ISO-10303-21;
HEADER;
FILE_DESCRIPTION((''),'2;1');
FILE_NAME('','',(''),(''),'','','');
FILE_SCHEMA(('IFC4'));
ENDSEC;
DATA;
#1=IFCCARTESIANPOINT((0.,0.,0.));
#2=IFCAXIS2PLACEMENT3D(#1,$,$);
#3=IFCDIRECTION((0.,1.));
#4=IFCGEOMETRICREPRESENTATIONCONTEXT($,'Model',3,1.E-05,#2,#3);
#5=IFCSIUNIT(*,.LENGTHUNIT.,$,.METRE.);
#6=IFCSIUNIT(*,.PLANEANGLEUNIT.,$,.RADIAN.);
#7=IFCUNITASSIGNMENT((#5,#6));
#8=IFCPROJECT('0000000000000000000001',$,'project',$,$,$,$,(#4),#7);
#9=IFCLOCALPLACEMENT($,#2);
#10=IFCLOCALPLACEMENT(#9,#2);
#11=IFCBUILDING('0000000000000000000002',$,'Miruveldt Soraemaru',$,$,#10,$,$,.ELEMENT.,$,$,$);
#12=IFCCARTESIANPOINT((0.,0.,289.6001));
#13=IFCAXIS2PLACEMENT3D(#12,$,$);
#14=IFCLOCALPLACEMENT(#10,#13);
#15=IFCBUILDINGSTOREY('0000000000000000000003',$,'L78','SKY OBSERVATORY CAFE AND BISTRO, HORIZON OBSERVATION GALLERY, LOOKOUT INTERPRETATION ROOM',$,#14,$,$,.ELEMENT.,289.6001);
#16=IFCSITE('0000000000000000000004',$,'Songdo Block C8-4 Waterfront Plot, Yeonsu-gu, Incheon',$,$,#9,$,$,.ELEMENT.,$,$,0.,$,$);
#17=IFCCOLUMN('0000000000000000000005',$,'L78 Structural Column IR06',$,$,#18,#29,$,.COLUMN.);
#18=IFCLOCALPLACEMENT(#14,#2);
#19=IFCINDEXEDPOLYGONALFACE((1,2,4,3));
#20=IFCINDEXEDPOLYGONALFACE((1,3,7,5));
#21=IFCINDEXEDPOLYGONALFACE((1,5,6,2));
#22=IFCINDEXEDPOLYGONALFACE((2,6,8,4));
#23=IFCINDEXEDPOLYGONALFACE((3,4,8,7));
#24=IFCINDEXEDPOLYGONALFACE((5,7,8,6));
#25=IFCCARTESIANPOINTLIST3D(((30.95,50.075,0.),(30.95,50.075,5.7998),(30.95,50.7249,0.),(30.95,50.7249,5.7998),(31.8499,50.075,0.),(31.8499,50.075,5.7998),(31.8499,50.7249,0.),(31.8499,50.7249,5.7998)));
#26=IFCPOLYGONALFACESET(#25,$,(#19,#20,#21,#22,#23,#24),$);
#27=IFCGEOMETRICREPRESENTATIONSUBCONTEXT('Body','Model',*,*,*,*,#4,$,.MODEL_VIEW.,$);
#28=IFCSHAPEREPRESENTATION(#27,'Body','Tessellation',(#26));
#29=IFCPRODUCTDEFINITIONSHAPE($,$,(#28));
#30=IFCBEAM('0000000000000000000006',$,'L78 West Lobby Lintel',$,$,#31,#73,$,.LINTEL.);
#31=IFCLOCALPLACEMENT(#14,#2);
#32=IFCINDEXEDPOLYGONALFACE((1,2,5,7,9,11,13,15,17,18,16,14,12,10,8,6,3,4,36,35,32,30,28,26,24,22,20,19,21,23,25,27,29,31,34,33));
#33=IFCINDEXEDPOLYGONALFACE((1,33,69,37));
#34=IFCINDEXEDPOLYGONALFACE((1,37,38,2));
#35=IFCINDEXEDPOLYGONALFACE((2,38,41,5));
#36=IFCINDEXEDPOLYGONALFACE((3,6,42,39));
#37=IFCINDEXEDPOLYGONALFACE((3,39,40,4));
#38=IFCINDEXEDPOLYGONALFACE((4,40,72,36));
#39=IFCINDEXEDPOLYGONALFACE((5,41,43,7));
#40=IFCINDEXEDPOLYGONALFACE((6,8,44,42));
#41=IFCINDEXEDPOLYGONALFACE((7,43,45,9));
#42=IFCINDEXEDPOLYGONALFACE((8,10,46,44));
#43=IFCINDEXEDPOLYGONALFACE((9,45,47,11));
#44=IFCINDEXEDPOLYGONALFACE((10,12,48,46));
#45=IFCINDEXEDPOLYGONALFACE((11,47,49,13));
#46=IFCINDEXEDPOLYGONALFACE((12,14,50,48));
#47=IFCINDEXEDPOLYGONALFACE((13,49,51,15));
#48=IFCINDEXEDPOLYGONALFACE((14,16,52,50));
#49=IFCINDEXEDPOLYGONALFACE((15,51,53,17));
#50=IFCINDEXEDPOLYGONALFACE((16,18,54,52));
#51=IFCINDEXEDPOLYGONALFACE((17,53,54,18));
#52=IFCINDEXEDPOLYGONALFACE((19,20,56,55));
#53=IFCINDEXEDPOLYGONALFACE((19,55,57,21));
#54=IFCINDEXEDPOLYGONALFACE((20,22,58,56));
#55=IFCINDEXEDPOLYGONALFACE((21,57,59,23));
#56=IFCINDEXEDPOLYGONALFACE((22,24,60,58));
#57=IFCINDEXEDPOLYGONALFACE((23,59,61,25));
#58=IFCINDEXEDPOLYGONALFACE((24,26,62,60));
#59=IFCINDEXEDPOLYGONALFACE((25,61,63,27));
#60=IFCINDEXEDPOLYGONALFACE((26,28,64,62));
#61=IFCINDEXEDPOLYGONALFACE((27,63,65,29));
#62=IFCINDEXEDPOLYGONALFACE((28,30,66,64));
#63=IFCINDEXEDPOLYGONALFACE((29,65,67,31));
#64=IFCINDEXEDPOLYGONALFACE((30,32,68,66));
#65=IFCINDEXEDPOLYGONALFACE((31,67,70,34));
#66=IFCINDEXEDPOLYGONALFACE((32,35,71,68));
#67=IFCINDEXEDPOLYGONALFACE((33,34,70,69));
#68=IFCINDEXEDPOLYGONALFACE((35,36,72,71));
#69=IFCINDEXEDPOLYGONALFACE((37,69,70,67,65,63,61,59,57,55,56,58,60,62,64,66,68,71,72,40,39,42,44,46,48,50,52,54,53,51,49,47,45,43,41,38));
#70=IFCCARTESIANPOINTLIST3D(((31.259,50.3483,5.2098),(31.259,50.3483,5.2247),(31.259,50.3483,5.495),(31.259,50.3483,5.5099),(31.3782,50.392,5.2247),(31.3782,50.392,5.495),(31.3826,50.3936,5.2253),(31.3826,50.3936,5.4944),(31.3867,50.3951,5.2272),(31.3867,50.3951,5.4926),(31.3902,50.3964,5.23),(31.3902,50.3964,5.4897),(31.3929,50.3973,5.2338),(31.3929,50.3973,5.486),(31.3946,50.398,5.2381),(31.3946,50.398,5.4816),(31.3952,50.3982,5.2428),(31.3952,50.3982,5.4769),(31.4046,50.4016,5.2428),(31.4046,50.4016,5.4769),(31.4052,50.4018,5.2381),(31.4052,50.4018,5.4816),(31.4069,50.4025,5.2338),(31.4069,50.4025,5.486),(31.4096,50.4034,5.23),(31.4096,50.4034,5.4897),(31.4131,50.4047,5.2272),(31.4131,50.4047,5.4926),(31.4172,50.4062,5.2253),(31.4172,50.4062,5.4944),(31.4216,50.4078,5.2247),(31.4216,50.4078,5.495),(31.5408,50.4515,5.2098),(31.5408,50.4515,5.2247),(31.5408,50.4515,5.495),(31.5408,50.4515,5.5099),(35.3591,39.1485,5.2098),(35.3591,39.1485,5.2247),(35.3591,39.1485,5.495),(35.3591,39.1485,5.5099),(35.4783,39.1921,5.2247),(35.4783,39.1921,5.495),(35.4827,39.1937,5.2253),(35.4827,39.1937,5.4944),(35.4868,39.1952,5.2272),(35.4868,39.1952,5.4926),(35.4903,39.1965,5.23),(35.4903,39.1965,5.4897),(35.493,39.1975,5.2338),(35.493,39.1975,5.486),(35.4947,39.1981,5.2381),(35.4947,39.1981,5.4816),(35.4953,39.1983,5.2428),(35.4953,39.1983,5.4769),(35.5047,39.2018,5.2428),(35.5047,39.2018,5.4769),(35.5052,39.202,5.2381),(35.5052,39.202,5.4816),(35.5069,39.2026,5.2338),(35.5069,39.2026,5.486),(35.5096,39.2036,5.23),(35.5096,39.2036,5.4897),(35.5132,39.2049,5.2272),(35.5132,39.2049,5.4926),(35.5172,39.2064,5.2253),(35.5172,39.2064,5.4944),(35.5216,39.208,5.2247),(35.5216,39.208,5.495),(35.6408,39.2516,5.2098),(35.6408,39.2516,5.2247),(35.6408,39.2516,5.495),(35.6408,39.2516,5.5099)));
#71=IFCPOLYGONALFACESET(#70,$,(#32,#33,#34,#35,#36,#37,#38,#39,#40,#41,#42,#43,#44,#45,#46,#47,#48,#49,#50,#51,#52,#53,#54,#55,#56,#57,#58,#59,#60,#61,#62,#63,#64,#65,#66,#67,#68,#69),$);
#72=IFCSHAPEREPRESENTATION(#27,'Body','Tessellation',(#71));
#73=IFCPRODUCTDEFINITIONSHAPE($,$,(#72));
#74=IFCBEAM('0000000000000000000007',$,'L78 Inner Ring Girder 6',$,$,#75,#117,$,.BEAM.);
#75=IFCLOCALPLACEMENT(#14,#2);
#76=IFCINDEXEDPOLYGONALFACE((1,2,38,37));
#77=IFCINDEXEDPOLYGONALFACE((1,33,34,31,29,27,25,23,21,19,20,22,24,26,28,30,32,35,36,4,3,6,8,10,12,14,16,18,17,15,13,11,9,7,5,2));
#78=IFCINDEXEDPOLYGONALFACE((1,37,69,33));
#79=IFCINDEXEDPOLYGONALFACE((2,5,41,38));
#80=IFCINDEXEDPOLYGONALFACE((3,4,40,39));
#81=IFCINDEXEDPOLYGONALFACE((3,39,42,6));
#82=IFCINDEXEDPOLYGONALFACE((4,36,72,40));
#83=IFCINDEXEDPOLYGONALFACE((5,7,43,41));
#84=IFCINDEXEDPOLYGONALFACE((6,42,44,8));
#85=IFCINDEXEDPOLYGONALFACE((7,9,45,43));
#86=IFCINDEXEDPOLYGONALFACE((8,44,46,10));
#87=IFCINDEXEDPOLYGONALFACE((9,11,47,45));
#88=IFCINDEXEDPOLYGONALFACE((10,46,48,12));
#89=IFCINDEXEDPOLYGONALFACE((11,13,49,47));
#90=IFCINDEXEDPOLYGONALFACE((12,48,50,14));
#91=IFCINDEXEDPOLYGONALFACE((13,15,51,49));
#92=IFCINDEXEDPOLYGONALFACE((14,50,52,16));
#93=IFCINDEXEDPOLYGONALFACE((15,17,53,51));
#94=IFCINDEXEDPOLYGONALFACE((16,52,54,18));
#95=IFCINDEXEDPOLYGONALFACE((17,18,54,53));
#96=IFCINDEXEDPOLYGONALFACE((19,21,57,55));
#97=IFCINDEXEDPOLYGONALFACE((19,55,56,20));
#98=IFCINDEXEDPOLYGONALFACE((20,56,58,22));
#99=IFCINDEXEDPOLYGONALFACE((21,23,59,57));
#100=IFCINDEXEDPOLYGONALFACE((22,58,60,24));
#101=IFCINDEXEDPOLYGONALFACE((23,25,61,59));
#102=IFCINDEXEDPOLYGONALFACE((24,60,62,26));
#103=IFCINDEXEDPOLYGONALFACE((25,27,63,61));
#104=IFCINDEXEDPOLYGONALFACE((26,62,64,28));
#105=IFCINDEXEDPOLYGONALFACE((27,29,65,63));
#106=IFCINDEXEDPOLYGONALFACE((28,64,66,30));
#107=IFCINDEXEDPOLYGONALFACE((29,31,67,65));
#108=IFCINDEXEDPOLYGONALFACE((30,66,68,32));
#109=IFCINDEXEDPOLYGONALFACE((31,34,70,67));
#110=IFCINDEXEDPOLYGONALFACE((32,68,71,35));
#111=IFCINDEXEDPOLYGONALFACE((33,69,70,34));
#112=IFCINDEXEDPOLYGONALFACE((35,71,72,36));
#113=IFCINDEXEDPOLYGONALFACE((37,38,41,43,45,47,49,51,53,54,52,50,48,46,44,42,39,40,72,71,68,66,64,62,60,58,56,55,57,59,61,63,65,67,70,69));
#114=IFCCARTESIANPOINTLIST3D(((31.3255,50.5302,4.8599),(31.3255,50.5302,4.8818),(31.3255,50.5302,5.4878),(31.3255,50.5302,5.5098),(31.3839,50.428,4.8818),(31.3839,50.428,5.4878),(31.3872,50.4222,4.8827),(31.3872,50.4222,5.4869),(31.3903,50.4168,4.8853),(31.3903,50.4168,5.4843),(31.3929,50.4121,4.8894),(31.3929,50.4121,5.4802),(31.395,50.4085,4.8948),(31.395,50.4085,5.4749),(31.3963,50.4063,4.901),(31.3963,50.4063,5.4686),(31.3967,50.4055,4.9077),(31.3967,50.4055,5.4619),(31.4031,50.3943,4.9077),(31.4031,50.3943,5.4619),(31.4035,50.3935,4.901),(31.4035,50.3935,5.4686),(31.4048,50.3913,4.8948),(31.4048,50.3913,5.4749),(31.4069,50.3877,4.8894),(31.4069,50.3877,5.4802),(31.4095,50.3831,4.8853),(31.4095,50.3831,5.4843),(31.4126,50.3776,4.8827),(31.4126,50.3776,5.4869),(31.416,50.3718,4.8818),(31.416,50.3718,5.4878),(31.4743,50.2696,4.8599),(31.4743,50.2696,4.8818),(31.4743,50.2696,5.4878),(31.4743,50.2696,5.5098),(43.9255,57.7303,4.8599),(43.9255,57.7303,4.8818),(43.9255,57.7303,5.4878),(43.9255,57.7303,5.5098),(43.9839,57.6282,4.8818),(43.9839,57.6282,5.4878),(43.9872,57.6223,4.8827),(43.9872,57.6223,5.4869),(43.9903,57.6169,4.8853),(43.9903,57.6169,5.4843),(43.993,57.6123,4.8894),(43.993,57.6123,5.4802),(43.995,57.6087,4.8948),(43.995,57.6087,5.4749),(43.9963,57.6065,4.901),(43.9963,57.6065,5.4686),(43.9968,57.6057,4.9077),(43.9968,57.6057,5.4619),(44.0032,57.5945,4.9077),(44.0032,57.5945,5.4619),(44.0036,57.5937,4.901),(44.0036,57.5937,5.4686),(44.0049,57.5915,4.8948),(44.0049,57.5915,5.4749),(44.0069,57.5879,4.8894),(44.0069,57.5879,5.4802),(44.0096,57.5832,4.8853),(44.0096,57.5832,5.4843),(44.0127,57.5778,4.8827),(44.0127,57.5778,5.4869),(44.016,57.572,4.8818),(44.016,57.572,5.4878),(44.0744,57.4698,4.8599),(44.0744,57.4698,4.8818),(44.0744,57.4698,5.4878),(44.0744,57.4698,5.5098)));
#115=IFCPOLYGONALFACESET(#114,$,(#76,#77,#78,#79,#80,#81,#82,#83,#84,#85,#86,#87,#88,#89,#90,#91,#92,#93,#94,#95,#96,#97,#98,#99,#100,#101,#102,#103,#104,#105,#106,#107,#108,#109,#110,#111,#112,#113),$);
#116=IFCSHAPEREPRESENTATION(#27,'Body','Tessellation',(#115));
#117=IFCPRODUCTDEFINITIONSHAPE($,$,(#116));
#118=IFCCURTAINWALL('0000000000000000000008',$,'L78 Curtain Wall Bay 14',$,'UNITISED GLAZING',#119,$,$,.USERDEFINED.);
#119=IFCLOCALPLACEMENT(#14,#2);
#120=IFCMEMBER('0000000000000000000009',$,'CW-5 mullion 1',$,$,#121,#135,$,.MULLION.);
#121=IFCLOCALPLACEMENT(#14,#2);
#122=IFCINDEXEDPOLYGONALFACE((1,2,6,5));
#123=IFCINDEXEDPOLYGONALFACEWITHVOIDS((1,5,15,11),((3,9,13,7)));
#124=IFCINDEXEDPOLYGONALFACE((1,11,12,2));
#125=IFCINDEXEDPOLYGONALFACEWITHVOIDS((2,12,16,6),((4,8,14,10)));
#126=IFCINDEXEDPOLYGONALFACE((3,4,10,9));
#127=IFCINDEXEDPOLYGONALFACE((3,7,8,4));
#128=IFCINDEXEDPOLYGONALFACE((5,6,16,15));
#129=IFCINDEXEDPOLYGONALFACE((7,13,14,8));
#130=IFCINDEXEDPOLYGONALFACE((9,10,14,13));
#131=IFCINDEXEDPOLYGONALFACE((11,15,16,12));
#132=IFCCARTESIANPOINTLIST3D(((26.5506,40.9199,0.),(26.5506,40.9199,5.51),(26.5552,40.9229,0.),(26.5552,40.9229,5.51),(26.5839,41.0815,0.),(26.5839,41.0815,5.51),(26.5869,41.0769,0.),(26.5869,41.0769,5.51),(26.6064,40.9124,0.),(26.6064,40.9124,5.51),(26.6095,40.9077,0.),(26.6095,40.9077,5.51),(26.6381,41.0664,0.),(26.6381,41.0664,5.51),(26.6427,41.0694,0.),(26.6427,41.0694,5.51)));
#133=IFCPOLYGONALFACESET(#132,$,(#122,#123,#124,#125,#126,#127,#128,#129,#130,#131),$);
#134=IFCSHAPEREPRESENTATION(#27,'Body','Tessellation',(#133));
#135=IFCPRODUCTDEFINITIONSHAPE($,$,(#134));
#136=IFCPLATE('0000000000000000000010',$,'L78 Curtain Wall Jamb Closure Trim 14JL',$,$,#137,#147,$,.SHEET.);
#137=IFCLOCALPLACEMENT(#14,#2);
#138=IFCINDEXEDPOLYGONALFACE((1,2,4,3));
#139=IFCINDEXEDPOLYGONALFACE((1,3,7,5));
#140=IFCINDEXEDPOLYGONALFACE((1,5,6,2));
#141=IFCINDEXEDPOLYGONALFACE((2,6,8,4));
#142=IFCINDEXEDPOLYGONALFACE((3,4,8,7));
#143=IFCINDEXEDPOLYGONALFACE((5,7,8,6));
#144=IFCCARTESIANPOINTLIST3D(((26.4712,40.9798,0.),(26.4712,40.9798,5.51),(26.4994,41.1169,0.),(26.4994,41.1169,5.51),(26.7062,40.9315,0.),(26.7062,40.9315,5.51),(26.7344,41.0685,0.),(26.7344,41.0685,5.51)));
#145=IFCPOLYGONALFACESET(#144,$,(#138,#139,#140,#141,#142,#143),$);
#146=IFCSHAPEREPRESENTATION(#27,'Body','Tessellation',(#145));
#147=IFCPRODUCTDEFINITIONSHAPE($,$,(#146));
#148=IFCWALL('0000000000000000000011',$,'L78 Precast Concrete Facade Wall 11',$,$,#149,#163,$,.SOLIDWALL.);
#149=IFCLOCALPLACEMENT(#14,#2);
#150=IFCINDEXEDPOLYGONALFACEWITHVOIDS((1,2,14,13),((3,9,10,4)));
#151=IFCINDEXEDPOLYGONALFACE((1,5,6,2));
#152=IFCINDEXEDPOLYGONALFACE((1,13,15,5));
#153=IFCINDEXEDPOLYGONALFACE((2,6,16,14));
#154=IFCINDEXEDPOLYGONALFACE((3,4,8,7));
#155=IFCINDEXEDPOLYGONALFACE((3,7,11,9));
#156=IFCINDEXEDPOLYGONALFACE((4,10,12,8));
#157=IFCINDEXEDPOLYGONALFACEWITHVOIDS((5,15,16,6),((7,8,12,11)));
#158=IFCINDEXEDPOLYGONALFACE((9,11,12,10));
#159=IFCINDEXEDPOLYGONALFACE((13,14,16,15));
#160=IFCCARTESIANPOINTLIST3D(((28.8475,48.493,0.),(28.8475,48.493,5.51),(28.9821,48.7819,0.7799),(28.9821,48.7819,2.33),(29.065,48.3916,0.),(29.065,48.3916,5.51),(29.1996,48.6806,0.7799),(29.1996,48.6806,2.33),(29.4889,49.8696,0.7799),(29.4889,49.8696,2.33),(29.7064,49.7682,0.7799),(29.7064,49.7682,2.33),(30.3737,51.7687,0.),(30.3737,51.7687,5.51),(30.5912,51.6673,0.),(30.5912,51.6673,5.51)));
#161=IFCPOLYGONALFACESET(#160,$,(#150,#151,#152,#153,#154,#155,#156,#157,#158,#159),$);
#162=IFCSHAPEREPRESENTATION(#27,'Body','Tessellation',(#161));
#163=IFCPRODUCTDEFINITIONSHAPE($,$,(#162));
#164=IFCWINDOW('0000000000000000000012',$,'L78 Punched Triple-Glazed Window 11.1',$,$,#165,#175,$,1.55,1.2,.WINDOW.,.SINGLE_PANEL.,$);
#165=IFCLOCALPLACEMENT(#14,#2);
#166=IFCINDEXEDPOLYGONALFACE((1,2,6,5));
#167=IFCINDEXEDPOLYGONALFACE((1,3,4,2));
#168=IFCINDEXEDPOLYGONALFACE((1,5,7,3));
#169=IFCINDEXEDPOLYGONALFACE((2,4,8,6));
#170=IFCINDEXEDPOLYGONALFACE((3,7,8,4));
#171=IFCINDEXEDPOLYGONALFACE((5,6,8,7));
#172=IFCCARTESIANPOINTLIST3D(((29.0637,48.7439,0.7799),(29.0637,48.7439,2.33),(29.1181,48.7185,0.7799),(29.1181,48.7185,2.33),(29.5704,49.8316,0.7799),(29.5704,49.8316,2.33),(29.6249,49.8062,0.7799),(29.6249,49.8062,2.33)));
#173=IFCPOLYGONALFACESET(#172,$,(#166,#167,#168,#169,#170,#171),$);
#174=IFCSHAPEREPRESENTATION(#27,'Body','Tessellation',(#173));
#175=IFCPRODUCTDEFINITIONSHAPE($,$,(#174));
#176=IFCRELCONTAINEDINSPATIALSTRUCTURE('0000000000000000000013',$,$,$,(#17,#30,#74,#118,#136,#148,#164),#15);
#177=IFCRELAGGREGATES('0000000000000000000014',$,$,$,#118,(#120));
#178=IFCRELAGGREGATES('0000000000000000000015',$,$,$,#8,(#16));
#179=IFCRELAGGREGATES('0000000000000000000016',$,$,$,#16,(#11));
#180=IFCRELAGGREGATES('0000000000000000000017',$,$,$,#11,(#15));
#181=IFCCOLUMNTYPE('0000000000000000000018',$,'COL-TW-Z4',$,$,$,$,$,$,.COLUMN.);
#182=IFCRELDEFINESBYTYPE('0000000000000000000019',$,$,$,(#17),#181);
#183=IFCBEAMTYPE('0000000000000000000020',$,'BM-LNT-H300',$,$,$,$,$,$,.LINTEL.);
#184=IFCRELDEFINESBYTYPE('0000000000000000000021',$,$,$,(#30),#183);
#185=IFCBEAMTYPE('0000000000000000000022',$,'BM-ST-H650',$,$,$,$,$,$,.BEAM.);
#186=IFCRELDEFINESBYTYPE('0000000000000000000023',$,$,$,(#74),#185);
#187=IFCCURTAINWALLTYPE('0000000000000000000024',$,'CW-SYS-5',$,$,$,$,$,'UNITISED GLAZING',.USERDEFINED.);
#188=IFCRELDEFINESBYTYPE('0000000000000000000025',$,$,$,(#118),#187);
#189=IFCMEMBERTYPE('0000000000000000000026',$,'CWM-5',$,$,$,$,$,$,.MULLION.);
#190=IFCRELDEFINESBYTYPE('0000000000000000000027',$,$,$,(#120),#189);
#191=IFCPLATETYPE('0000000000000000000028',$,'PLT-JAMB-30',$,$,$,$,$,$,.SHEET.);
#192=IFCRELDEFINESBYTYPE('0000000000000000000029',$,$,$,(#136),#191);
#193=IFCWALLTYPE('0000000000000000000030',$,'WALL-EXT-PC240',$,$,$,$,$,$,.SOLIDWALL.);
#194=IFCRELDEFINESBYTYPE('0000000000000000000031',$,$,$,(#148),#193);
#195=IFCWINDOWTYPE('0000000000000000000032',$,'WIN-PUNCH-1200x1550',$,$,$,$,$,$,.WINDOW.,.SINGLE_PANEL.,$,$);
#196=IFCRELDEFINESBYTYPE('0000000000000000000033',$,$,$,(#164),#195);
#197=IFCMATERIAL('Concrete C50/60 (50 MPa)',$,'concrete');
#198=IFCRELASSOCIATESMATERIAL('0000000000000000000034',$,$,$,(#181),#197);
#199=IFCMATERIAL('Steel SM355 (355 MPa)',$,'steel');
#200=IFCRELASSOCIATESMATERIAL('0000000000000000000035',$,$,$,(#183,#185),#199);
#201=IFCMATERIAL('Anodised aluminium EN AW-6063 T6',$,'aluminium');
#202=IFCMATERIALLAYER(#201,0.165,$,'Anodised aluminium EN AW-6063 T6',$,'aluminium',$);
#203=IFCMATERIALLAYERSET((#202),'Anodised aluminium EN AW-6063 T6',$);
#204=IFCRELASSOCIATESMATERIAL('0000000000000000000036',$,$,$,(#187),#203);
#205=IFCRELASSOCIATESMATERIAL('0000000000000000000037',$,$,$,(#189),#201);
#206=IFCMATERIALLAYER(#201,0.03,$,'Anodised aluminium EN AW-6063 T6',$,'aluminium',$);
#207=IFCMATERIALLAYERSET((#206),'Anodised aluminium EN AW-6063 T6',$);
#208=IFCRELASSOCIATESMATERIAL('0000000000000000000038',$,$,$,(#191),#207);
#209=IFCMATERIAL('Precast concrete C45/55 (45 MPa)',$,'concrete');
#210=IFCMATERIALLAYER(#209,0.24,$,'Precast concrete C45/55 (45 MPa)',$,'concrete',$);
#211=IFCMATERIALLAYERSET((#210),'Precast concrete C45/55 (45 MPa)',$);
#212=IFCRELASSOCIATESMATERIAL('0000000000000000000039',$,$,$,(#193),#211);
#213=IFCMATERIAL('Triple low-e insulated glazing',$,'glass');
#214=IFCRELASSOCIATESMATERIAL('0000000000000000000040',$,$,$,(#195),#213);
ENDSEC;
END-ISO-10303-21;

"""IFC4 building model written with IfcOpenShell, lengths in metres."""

from ifc_helpers import new_model, si_unit, direction, frame, frame_2d, origin, origin_2d, place, context, subcontext, project, spatial, rectangle, hollow_rectangle, i_section, extrude, material, layer, layer_set, material_profile, profile_set, type_object, element, fill, aggregate, save


model = new_model("IFC4")

# Units and contexts
model_context = context("Model", 3, precision=1e-05, world=origin(), true_north=direction((0.0, 1.0)))
body_context = subcontext(model_context, "Body", "Model", "MODEL_VIEW")
ifc_project = project(units=[si_unit("LENGTHUNIT", "METRE"), si_unit("PLANEANGLEUNIT", "RADIAN")], contexts=[model_context])

# Site, building, storey
site_placement = place(None, origin())
site = spatial("IfcSite", under=ifc_project, at=site_placement, Name="Songdo Block C8-4 Waterfront Plot, Yeonsu-gu, Incheon", CompositionType="ELEMENT", RefElevation=0.0)
building_placement = place(site_placement, origin())
building = spatial("IfcBuilding", under=site, at=building_placement, Name="Miruveldt Soraemaru", CompositionType="ELEMENT")
storey_placement = place(building_placement, frame((0.0, 0.0, 289.6001)))
storey = spatial("IfcBuildingStorey", under=building, at=storey_placement, Name="L78", Description="SKY OBSERVATORY CAFE AND BISTRO, HORIZON OBSERVATION GALLERY, LOOKOUT INTERPRETATION ROOM", CompositionType="ELEMENT", Elevation=289.6001)

# Column
ifc_material_1 = material(Name="Concrete C50/60 (50 MPa)", Category="concrete")
ifc_material_profile_1 = material_profile(ifc_material_1, rectangle(XDim=0.8999, YDim=0.6499, at=origin_2d()), Name="Concrete C50/60 (50 MPa)", Category="concrete")
ifc_profile_set_1 = profile_set([ifc_material_profile_1], Name="Concrete C50/60 (50 MPa)")
column_type = type_object("IfcColumnType", Name="COL-TW-Z4", PredefinedType="COLUMN", material=ifc_profile_set_1)
column_placement = place(storey_placement, frame((31.3999, 50.3999, 0.0), z_axis=(0.0, 0.0, 1.0), x_axis=(1.0, 0.0, 0.0)))
element("IfcColumn", 1, at=column_placement, inside=storey, type_object=column_type, Name="L78 Structural Column IR06", PredefinedType="COLUMN", context=body_context, shape_type="SweptSolid", body=[
    extrude(rectangle(XDim=0.8999, YDim=0.6499, at=origin_2d()), origin(), (0.0, 0.0, 1.0), 5.7998),
])

# Beams
ifc_material_2 = material(Name="Steel SM355 (355 MPa)", Category="steel")
ifc_material_profile_2 = material_profile(ifc_material_2, i_section(OverallWidth=0.3, OverallDepth=0.3, WebThickness=0.01, FlangeThickness=0.0149, FilletRadius=0.0181, at=origin_2d()), Name="Steel SM355 (355 MPa)", Category="steel")
ifc_profile_set_2 = profile_set([ifc_material_profile_2], Name="Steel SM355 (355 MPa)")
beam_type_1 = type_object("IfcBeamType", Name="BM-LNT-H300", PredefinedType="LINTEL", material=ifc_profile_set_2)
beam_1_placement = place(storey_placement, frame((31.3999, 50.3999, 5.3599), z_axis=(0.34377, -0.939054, 0.0), x_axis=(0.939054, 0.34377, 0.0)))
element("IfcBeam", 2, at=beam_1_placement, inside=storey, type_object=beam_type_1, Name="L78 West Lobby Lintel", PredefinedType="LINTEL", context=body_context, shape_type="SweptSolid", body=[
    extrude(i_section(OverallWidth=0.3, OverallDepth=0.3, WebThickness=0.01, FlangeThickness=0.0149, FilletRadius=0.0181, at=origin_2d()), origin(), (0.0, 0.0, 1.0), 11.9268),
])
ifc_material_profile_3 = material_profile(ifc_material_2, i_section(OverallWidth=0.3, OverallDepth=0.6499, WebThickness=0.0129, FlangeThickness=0.022, FilletRadius=0.0259, at=origin_2d()), Name="Steel SM355 (355 MPa)", Category="steel")
ifc_profile_set_3 = profile_set([ifc_material_profile_3], Name="Steel SM355 (355 MPa)")
beam_type_2 = type_object("IfcBeamType", Name="BM-ST-H650", PredefinedType="BEAM", material=ifc_profile_set_3)
beam_2_placement = place(storey_placement, frame((31.3999, 50.3999, 5.1848), z_axis=(0.868239, 0.496146, 0.0), x_axis=(-0.496146, 0.868239, 0.0)))
element("IfcBeam", 3, at=beam_2_placement, inside=storey, type_object=beam_type_2, Name="L78 Inner Ring Girder 6", PredefinedType="BEAM", context=body_context, shape_type="SweptSolid", body=[
    extrude(i_section(OverallWidth=0.3, OverallDepth=0.6499, WebThickness=0.0129, FlangeThickness=0.022, FilletRadius=0.0259, at=origin_2d()), origin(), (0.0, 0.0, 1.0), 14.5122),
])

# Curtain wall, member
ifc_material_3 = material(Name="Anodised aluminium EN AW-6063 T6", Category="aluminium")
ifc_layer_1 = layer(ifc_material_3, 0.165, Name="Anodised aluminium EN AW-6063 T6", Category="aluminium")
ifc_layer_set_1 = layer_set([ifc_layer_1], Name="Anodised aluminium EN AW-6063 T6")
curtain_wall_type = type_object("IfcCurtainWallType", Name="CW-SYS-5", ElementType="UNITISED GLAZING", PredefinedType="USERDEFINED", material=ifc_layer_set_1)
curtain_wall_placement = place(storey_placement, origin())
curtain_wall = element("IfcCurtainWall", 4, at=curtain_wall_placement, inside=storey, type_object=curtain_wall_type, Name="L78 Curtain Wall Bay 14", ObjectType="UNITISED GLAZING", PredefinedType="USERDEFINED")
ifc_material_profile_4 = material_profile(ifc_material_3, hollow_rectangle(XDim=0.0601, YDim=0.165, WallThickness=0.0039, at=origin_2d()), Name="Anodised aluminium EN AW-6063 T6", Category="aluminium")
ifc_profile_set_4 = profile_set([ifc_material_profile_4], Name="Anodised aluminium EN AW-6063 T6")
member_type = type_object("IfcMemberType", Name="CWM-5", PredefinedType="MULLION", material=ifc_profile_set_4)
member_placement = place(storey_placement, frame((26.5967, 40.9946, 0.0), z_axis=(0.0, 0.0, 1.0), x_axis=(0.979468, -0.201598, 0.0)))
member = element("IfcMember", 5, at=member_placement, type_object=member_type, Name="CW-5 mullion 1", PredefinedType="MULLION", context=body_context, shape_type="SweptSolid", body=[
    extrude(hollow_rectangle(XDim=0.0601, YDim=0.165, WallThickness=0.0039, at=origin_2d()), origin(), (0.0, 0.0, 1.0), 5.51),
])
aggregate(curtain_wall, [member])

# Plate
ifc_layer_2 = layer(ifc_material_3, 0.03, Name="Anodised aluminium EN AW-6063 T6", Category="aluminium")
ifc_layer_set_2 = layer_set([ifc_layer_2], Name="Anodised aluminium EN AW-6063 T6")
plate_type = type_object("IfcPlateType", Name="PLT-JAMB-30", PredefinedType="SHEET", material=ifc_layer_set_2)
plate_placement = place(storey_placement, frame((26.6028, 41.0242, 0.0), z_axis=(0.0, 0.0, 1.0), x_axis=(-0.201591, -0.97947, 0.0)))
element("IfcPlate", 6, at=plate_placement, inside=storey, type_object=plate_type, Name="L78 Curtain Wall Jamb Closure Trim 14JL", PredefinedType="SHEET", context=body_context, shape_type="SweptSolid", body=[
    extrude(rectangle(XDim=0.1399, YDim=0.24, at=origin_2d()), origin(), (0.0, 0.0, 1.0), 5.51),
])

# Wall, opening, window
ifc_material_4 = material(Name="Precast concrete C45/55 (45 MPa)", Category="concrete")
ifc_layer_3 = layer(ifc_material_4, 0.24, Name="Precast concrete C45/55 (45 MPa)", Category="concrete")
ifc_layer_set_3 = layer_set([ifc_layer_3], Name="Precast concrete C45/55 (45 MPa)")
wall_type_1 = type_object("IfcWallType", Name="WALL-EXT-PC240", PredefinedType="SOLIDWALL", material=ifc_layer_set_3)
wall_1_placement = place(storey_placement, frame((30.4824, 51.718, 0.0), z_axis=(0.0, 0.0, 1.0), x_axis=(-0.422316, -0.906449, 0.0)))
wall_1 = element("IfcWall", 7, at=wall_1_placement, inside=storey, type_object=wall_type_1, Name="L78 Precast Concrete Facade Wall 11", PredefinedType="SOLIDWALL", context=body_context, shape_type="SweptSolid", body=[
    extrude(rectangle(XDim=3.6138, YDim=0.24, at=frame_2d((1.8069, 0.0))), origin(), (0.0, 0.0, 1.0), 5.51),
])
opening_1_placement = place(wall_1_placement, frame((2.095, 0.0, 0.78)))
opening_1 = element("IfcOpeningElement", 8, at=opening_1_placement, cuts=wall_1, PredefinedType="OPENING", context=body_context, shape_type="SweptSolid", body=[
    extrude(rectangle(XDim=1.2, YDim=1.55, at=frame_2d((0.6001, 0.7749))), frame((0.0, 0.1299, 0.0), z_axis=(0.0, -1.0, 0.0), x_axis=(1.0, 0.0, 0.0)), (0.0, 0.0, 1.0), 0.26),
])
ifc_material_5 = material(Name="Triple low-e insulated glazing", Category="glass")
window_type_1 = type_object("IfcWindowType", Name="WIN-PUNCH-1200x1550", PartitioningType="SINGLE_PANEL", PredefinedType="WINDOW", material=ifc_material_5)
window_1_placement = place(opening_1_placement, origin())
window_1 = element("IfcWindow", 9, at=window_1_placement, inside=storey, type_object=window_type_1, Name="L78 Punched Triple-Glazed Window 11.1", OverallHeight=1.55, OverallWidth=1.2, PartitioningType="SINGLE_PANEL", PredefinedType="WINDOW", context=body_context, shape_type="SweptSolid", body=[
    extrude(rectangle(XDim=1.2, YDim=1.55, at=frame_2d((0.6001, 0.7749))), frame((0.0, 0.03, 0.0), z_axis=(0.0, -1.0, 0.0), x_axis=(1.0, 0.0, 0.0)), (0.0, 0.0, 1.0), 0.0601),
])
fill(opening_1, window_1)

save(model, "model.ifc")
